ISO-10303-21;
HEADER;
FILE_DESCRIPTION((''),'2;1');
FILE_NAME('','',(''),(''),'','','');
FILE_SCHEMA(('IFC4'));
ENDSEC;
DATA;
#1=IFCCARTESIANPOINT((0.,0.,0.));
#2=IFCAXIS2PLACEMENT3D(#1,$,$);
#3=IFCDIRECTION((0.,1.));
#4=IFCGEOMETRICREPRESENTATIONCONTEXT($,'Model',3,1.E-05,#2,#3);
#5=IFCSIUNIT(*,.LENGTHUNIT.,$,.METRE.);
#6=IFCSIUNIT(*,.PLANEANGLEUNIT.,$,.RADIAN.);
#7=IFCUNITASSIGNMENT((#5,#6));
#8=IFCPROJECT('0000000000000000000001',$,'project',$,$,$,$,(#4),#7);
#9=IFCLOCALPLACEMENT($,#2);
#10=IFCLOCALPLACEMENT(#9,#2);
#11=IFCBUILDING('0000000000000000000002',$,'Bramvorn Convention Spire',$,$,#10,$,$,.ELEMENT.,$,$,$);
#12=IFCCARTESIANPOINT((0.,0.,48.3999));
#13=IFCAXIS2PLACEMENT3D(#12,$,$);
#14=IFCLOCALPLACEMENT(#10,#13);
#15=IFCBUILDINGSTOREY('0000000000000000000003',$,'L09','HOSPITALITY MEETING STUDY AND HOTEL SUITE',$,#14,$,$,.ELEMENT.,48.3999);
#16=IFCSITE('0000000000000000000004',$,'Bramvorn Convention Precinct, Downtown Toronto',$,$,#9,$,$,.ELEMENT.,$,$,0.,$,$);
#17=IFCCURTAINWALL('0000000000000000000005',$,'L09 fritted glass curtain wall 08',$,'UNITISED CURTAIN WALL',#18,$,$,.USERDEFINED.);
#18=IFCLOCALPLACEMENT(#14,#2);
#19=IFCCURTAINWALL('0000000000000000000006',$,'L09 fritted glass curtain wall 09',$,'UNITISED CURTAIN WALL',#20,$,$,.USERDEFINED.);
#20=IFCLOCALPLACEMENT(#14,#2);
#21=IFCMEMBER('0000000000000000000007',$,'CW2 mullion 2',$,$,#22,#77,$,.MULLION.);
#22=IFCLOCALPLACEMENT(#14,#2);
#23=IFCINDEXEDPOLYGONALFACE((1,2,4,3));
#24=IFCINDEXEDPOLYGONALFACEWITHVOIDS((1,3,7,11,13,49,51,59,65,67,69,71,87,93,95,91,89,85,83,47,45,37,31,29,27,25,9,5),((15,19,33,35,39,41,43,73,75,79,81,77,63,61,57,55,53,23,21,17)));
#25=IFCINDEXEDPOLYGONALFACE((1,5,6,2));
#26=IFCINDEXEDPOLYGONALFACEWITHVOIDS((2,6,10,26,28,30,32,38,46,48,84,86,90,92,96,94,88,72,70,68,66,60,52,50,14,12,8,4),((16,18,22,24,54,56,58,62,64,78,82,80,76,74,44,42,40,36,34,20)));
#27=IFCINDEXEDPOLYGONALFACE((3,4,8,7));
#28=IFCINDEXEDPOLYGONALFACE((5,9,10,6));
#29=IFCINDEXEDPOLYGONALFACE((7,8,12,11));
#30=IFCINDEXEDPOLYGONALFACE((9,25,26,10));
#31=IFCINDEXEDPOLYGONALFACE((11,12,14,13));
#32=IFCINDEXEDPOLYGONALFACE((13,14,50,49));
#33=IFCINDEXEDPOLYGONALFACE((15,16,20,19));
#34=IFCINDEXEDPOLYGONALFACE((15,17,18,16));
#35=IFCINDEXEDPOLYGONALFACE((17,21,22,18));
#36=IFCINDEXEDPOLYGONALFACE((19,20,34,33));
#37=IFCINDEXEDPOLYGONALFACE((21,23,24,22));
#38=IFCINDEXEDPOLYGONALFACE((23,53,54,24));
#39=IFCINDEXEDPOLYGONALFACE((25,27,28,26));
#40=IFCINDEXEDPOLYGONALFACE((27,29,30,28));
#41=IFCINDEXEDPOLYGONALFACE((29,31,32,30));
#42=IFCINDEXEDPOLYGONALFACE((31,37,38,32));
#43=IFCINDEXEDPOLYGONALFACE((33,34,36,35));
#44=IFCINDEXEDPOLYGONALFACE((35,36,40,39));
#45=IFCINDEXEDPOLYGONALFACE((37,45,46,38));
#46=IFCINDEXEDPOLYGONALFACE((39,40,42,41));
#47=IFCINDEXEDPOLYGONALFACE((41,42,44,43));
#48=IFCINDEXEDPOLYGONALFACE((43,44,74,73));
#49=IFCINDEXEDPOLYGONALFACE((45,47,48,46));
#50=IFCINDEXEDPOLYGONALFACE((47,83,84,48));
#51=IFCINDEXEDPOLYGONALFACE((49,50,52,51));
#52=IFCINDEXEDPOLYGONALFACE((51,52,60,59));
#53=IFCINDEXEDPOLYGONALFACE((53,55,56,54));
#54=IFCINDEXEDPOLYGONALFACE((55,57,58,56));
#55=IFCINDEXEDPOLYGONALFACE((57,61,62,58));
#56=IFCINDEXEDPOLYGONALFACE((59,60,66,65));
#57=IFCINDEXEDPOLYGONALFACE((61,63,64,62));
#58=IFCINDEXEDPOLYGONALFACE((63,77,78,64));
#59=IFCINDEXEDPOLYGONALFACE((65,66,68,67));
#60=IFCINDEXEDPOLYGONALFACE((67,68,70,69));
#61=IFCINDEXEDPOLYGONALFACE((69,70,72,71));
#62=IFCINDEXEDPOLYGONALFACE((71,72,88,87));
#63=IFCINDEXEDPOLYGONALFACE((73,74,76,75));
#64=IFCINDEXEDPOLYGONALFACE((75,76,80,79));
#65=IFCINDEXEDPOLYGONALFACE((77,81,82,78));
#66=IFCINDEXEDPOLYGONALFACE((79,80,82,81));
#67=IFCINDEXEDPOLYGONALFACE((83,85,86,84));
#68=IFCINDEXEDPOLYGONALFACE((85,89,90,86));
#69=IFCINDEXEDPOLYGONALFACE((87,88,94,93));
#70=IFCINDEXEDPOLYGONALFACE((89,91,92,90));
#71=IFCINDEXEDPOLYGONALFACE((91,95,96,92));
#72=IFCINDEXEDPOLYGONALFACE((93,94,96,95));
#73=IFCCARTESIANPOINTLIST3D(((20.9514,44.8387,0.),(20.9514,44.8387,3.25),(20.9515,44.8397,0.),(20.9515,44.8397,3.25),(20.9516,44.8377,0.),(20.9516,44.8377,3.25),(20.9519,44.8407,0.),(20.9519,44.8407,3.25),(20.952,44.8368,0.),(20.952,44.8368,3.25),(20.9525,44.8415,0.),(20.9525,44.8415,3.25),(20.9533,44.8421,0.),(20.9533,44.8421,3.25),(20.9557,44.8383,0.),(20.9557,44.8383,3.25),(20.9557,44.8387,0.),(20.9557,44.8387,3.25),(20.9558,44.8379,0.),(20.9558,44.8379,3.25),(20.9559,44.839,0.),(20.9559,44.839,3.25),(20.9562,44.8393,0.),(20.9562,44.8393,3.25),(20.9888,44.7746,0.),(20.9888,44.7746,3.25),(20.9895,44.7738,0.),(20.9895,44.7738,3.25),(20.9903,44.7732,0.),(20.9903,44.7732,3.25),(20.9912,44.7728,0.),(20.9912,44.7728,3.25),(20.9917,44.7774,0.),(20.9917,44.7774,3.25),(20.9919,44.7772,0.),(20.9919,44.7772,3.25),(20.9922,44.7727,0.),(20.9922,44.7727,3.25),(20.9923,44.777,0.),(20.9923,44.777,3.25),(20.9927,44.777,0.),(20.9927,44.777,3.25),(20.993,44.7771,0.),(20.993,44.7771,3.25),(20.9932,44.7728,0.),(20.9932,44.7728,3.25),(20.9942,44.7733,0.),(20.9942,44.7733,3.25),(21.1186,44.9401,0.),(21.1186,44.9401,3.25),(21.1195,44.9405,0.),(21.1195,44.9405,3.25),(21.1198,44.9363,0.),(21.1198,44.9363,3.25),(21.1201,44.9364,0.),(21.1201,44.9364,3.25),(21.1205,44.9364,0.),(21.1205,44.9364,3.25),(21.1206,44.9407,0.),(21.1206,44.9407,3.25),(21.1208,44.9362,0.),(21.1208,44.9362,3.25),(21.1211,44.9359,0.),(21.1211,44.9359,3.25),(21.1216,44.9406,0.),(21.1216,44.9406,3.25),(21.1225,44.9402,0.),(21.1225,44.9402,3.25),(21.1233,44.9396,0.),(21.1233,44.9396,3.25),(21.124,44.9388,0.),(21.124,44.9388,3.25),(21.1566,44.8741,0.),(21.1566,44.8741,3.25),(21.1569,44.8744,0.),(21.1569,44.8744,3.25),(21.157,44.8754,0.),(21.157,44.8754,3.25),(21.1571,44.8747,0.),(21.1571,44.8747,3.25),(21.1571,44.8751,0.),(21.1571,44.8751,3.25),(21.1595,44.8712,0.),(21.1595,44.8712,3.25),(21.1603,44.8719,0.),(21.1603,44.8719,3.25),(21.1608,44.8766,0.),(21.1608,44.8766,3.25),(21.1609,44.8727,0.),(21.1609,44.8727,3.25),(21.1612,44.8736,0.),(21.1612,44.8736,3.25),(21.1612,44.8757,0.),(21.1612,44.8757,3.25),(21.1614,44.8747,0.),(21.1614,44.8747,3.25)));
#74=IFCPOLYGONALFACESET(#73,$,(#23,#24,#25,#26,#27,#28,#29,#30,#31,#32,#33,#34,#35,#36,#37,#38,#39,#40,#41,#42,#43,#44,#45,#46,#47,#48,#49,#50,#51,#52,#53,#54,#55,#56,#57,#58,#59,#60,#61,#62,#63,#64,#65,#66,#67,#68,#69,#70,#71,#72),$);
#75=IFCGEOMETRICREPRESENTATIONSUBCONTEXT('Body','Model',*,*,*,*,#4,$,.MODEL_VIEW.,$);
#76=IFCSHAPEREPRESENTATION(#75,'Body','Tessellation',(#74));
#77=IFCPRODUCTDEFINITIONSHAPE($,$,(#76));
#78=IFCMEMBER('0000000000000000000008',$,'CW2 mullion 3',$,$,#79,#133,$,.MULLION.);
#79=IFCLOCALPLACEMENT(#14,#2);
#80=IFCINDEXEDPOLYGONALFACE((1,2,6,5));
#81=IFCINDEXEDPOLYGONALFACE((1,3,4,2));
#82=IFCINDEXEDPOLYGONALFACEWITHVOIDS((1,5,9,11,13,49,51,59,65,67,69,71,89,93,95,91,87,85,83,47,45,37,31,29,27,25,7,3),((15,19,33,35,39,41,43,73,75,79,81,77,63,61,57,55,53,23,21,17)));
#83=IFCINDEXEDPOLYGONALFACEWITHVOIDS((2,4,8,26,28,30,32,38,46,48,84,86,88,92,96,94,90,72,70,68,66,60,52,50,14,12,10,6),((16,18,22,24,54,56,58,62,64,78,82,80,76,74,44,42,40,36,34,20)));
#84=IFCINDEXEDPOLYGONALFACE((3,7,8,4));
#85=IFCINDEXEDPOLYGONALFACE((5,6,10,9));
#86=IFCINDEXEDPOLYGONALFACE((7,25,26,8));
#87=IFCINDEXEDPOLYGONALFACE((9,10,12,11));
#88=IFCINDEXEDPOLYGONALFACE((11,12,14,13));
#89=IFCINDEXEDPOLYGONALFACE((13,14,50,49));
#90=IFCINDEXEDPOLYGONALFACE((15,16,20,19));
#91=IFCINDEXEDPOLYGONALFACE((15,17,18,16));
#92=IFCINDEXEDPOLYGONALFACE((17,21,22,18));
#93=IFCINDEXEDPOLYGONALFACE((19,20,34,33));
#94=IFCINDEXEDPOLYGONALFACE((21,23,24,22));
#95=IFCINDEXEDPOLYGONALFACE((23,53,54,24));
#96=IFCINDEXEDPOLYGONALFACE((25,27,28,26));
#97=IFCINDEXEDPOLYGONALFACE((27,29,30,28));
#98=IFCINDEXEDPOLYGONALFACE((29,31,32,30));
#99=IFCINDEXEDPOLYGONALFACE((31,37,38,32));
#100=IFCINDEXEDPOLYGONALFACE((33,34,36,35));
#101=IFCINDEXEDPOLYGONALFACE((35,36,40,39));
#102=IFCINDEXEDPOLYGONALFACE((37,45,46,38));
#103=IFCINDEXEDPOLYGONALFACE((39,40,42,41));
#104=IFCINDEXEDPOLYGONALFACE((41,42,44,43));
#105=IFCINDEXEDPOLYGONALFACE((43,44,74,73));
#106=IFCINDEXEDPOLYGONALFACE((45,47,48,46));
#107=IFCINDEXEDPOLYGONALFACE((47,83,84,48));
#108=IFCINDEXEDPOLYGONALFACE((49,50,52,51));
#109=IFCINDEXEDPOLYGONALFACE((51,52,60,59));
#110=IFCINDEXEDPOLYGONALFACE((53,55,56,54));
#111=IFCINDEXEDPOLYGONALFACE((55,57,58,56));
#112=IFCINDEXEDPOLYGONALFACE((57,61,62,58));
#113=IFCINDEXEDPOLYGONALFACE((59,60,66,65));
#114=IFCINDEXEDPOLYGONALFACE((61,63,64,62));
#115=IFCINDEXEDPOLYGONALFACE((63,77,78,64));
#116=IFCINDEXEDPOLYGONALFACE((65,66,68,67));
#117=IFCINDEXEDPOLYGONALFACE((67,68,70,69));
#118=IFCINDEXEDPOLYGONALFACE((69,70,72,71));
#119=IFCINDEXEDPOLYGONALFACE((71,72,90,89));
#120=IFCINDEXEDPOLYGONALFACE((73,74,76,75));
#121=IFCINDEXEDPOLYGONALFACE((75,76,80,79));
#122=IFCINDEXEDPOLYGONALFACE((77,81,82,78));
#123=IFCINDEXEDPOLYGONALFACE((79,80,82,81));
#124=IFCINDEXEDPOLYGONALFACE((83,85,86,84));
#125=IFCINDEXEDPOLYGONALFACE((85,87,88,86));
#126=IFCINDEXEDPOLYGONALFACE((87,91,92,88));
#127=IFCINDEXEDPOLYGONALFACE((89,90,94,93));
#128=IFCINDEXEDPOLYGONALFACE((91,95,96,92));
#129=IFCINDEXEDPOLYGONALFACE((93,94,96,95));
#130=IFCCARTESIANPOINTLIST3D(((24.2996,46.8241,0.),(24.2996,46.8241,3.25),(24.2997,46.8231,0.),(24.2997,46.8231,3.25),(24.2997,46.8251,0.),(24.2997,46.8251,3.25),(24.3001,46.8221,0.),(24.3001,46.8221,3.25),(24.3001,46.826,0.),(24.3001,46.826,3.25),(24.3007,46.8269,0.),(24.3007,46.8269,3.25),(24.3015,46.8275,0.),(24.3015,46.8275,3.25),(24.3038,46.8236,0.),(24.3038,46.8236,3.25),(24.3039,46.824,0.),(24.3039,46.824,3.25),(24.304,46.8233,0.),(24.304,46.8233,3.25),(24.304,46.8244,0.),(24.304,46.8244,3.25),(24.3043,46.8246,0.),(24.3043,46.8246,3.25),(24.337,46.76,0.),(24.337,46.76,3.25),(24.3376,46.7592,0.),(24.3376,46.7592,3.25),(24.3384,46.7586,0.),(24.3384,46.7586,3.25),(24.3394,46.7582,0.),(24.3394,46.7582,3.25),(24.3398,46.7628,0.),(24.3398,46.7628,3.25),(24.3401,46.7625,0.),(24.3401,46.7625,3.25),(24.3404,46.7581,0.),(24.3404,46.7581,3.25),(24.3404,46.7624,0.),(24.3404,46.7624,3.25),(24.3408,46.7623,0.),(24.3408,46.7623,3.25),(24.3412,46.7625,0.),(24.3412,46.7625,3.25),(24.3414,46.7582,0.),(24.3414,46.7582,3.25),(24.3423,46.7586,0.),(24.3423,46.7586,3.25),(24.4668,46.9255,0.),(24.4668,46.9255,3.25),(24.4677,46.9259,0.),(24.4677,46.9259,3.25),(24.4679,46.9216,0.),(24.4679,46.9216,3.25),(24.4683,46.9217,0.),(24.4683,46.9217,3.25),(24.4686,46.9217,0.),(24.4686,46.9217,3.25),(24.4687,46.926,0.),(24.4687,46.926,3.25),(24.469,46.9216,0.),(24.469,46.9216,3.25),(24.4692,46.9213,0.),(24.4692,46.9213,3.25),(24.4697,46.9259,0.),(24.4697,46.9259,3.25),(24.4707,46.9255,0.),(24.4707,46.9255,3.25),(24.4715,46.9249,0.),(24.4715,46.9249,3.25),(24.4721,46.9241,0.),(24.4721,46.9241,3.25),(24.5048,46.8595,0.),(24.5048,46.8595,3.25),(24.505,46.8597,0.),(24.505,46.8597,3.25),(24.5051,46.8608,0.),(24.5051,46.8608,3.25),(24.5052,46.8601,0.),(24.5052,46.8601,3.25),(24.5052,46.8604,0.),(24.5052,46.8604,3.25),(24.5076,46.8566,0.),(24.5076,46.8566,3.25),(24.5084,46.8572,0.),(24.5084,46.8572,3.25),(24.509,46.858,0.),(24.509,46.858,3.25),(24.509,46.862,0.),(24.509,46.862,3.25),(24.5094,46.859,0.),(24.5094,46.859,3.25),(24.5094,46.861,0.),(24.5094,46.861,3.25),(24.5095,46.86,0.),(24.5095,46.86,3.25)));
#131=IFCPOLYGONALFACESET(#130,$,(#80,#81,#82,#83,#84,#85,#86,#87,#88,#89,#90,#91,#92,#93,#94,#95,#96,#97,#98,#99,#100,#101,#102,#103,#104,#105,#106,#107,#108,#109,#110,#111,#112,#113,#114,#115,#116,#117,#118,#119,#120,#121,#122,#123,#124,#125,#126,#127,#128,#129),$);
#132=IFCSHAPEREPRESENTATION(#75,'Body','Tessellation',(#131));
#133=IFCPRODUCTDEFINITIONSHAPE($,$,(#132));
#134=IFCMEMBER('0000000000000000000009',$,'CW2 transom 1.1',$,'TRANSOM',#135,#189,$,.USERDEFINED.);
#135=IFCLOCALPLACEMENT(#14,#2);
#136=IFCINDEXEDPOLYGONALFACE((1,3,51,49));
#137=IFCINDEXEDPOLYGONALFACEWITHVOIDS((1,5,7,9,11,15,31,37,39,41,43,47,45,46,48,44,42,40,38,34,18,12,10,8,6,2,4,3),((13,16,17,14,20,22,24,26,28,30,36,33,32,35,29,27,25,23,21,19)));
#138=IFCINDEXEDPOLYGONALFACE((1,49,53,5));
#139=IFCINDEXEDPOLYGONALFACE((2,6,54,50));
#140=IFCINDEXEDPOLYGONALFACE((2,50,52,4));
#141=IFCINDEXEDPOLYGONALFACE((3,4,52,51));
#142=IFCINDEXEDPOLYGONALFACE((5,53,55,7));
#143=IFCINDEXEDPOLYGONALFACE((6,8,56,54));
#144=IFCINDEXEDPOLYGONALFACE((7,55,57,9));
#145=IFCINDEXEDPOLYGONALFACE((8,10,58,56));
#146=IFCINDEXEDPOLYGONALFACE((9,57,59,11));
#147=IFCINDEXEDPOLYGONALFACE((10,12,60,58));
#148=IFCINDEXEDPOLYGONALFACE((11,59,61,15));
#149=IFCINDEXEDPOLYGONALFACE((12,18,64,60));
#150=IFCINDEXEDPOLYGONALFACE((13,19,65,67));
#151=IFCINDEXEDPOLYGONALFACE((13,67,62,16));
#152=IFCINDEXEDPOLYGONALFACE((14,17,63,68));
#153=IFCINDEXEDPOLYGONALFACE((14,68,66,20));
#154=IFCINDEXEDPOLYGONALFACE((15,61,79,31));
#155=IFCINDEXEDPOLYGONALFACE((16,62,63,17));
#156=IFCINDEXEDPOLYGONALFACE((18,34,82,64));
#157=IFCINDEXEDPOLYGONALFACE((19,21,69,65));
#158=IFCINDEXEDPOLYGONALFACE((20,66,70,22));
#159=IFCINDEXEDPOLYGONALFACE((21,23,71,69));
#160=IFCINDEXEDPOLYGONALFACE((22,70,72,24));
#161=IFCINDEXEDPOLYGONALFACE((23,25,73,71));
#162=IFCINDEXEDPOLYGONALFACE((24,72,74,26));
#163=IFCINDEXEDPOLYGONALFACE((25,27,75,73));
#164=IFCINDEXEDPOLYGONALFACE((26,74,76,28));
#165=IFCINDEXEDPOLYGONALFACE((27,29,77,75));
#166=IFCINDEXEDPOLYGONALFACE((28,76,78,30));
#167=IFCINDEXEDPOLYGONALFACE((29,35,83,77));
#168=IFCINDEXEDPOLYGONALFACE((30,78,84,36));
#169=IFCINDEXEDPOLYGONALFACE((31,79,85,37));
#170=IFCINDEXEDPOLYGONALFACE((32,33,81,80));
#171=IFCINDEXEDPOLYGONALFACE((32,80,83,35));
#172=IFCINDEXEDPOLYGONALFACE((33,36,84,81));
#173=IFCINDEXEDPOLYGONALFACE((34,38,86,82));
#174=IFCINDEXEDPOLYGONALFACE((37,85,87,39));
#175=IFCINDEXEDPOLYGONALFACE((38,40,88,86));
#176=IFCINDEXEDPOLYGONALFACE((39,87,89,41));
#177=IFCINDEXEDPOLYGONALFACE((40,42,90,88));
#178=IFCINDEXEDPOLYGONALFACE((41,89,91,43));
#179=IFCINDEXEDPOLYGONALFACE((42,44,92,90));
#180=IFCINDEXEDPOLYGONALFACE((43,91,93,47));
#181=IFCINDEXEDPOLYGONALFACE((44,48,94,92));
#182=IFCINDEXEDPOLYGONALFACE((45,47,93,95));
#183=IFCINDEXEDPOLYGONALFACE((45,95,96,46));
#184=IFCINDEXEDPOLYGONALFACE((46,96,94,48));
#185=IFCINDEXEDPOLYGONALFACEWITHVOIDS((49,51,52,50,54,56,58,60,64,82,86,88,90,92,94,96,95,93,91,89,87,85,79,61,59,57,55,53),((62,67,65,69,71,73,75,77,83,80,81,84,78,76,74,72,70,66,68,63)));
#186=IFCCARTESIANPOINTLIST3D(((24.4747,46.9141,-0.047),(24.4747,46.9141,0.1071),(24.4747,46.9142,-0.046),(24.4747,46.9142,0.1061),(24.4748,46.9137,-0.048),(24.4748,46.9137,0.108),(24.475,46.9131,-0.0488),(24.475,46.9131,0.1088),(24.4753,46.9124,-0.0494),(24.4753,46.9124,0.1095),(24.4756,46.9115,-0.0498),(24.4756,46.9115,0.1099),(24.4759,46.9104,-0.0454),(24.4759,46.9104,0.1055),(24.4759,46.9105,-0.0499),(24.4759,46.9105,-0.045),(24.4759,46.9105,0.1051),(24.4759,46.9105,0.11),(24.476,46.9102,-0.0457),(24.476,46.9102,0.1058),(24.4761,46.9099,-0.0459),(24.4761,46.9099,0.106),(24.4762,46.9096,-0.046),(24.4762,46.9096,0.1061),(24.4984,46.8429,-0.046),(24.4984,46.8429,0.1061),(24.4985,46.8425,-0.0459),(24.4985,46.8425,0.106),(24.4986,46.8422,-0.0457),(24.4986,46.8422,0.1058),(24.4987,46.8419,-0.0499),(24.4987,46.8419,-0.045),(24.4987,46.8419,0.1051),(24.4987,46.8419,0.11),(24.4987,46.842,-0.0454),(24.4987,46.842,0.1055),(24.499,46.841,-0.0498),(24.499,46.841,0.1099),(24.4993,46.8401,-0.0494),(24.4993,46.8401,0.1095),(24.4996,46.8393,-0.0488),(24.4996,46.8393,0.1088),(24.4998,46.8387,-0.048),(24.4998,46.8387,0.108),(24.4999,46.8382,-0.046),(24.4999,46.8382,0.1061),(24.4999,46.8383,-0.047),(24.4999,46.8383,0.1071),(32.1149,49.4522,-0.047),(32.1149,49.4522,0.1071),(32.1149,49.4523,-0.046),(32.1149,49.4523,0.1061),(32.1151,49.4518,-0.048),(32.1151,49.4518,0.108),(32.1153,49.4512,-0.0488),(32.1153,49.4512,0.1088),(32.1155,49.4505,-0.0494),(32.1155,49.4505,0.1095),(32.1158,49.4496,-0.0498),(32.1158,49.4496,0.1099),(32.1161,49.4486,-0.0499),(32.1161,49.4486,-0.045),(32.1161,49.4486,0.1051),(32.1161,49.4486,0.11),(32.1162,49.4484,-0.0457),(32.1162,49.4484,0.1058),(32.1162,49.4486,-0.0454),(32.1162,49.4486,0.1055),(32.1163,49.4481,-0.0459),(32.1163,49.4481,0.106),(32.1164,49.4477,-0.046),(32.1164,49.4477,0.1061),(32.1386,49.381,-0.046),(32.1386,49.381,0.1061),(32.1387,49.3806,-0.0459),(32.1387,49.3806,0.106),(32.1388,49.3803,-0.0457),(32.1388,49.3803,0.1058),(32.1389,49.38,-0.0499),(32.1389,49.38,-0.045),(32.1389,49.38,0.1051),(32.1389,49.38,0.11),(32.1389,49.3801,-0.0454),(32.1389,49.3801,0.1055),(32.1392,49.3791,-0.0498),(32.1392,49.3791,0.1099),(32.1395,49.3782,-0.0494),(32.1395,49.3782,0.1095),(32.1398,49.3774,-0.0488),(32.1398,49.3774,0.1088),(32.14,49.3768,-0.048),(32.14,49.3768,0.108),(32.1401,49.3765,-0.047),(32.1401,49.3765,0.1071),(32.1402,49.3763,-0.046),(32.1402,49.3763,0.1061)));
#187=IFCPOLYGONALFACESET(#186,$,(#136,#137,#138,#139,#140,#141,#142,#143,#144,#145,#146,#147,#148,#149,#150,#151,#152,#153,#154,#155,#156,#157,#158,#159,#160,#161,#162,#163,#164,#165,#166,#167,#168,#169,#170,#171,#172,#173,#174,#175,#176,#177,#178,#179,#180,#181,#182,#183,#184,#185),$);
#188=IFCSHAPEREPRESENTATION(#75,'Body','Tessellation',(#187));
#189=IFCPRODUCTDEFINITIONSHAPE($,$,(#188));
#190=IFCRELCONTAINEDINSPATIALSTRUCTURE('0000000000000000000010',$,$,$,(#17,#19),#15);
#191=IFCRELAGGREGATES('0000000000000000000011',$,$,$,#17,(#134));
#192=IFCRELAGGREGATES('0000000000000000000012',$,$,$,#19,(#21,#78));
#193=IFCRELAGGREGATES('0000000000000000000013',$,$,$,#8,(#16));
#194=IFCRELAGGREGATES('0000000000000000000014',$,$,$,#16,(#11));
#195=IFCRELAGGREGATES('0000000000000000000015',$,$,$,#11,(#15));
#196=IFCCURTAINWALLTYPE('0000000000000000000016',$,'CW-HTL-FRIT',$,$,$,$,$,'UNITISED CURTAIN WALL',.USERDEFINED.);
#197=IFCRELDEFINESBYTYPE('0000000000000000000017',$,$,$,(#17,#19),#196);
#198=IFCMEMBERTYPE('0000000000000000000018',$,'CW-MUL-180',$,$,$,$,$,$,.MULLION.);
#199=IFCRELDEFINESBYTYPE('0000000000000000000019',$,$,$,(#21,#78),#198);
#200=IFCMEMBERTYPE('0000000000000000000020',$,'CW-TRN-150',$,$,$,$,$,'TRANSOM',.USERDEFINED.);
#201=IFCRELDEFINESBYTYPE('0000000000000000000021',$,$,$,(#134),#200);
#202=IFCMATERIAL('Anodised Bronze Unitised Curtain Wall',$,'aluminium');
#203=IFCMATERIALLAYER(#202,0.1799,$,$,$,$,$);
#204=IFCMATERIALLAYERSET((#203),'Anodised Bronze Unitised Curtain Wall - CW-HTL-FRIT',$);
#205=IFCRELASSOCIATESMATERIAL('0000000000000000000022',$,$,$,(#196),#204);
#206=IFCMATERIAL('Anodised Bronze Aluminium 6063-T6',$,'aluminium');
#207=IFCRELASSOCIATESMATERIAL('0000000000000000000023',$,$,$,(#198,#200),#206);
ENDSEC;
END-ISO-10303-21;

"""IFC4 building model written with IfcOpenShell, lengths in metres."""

from ifc_helpers import new_model, si_unit, direction, frame, origin, origin_2d, place, context, subcontext, project, spatial, hollow_rectangle, extrude, material, layer, layer_set, material_profile, profile_set, type_object, element, aggregate, save


model = new_model("IFC4")

# Units and contexts
model_context = context("Model", 3, precision=1e-05, world=origin(), true_north=direction((0.0, 1.0)))
body_context = subcontext(model_context, "Body", "Model", "MODEL_VIEW")
ifc_project = project(units=[si_unit("LENGTHUNIT", "METRE"), si_unit("PLANEANGLEUNIT", "RADIAN")], contexts=[model_context])

# Site, building, storey
site_placement = place(None, origin())
site = spatial("IfcSite", under=ifc_project, at=site_placement, Name="Bramvorn Convention Precinct, Downtown Toronto", CompositionType="ELEMENT", RefElevation=0.0)
building_placement = place(site_placement, origin())
building = spatial("IfcBuilding", under=site, at=building_placement, Name="Bramvorn Convention Spire", CompositionType="ELEMENT")
storey_placement = place(building_placement, frame((0.0, 0.0, 48.3999)))
storey = spatial("IfcBuildingStorey", under=building, at=storey_placement, Name="L09", Description="HOSPITALITY MEETING STUDY AND HOTEL SUITE", CompositionType="ELEMENT", Elevation=48.3999)

# Curtain wall
ifc_material_1 = material(Name="Anodised Bronze Unitised Curtain Wall", Category="aluminium")
ifc_layer_1 = layer(ifc_material_1, 0.1799)
ifc_layer_set_1 = layer_set([ifc_layer_1], Name="Anodised Bronze Unitised Curtain Wall - CW-HTL-FRIT")
curtain_wall_type = type_object("IfcCurtainWallType", Name="CW-HTL-FRIT", ElementType="UNITISED CURTAIN WALL", PredefinedType="USERDEFINED", material=ifc_layer_set_1)
curtain_wall_1_placement = place(storey_placement, origin())
curtain_wall_1 = element("IfcCurtainWall", 1, at=curtain_wall_1_placement, inside=storey, type_object=curtain_wall_type, Name="L09 fritted glass curtain wall 08", ObjectType="UNITISED CURTAIN WALL", PredefinedType="USERDEFINED")
ifc_material_2 = material(Name="Anodised Bronze Aluminium 6063-T6", Category="aluminium")
ifc_material_profile_1 = material_profile(ifc_material_2, hollow_rectangle(XDim=0.0801, YDim=0.2, WallThickness=0.0039, InnerFilletRadius=0.001, OuterFilletRadius=0.0039, at=origin_2d()))
ifc_profile_set_1 = profile_set([ifc_material_profile_1], Name="Anodised Bronze Aluminium 6063-T6 - CWM80X200")
member_type_1 = type_object("IfcMemberType", Name="CW-MUL-180", PredefinedType="MULLION", material=ifc_profile_set_1)

# Curtain wall, members
curtain_wall_2_placement = place(storey_placement, origin())
curtain_wall_2 = element("IfcCurtainWall", 2, at=curtain_wall_2_placement, inside=storey, type_object=curtain_wall_type, Name="L09 fritted glass curtain wall 09", ObjectType="UNITISED CURTAIN WALL", PredefinedType="USERDEFINED")
member_1_placement = place(storey_placement, frame((21.0564, 44.8567, 0.0), z_axis=(0.0, 0.0, 1.0), x_axis=(-0.510048, 0.860146, 0.0)))
member_1 = element("IfcMember", 3, at=member_1_placement, type_object=member_type_1, Name="CW2 mullion 2", PredefinedType="MULLION", context=body_context, shape_type="SweptSolid", body=[
    extrude(hollow_rectangle(XDim=0.0801, YDim=0.2, WallThickness=0.0039, InnerFilletRadius=0.001, OuterFilletRadius=0.0039, at=origin_2d()), origin(), (0.0, 0.0, 1.0), 3.25),
])
member_2_placement = place(storey_placement, frame((24.4045, 46.842, 0.0), z_axis=(0.0, 0.0, 1.0), x_axis=(-0.510048, 0.860146, 0.0)))
member_2 = element("IfcMember", 4, at=member_2_placement, type_object=member_type_1, Name="CW2 mullion 3", PredefinedType="MULLION", context=body_context, shape_type="SweptSolid", body=[
    extrude(hollow_rectangle(XDim=0.0801, YDim=0.2, WallThickness=0.0039, InnerFilletRadius=0.001, OuterFilletRadius=0.0039, at=origin_2d()), origin(), (0.0, 0.0, 1.0), 3.25),
])

# Member
ifc_material_profile_2 = material_profile(ifc_material_2, hollow_rectangle(XDim=0.0801, YDim=0.1599, WallThickness=0.0039, InnerFilletRadius=0.001, OuterFilletRadius=0.0039, at=origin_2d()))
ifc_profile_set_2 = profile_set([ifc_material_profile_2], Name="Anodised Bronze Aluminium 6063-T6 - CWT80X160")
member_type_2 = type_object("IfcMemberType", Name="CW-TRN-150", ElementType="TRANSOM", PredefinedType="USERDEFINED", material=ifc_profile_set_2)
member_3_placement = place(storey_placement, frame((24.4873, 46.8762, 0.03), z_axis=(0.949004, 0.315263, 0.0), x_axis=(-0.315263, 0.949004, 0.0)))
member_3 = element("IfcMember", 5, at=member_3_placement, type_object=member_type_2, Name="CW2 transom 1.1", ObjectType="TRANSOM", PredefinedType="USERDEFINED", context=body_context, shape_type="SweptSolid", body=[
    extrude(hollow_rectangle(XDim=0.0801, YDim=0.1599, WallThickness=0.0039, InnerFilletRadius=0.001, OuterFilletRadius=0.0039, at=origin_2d()), origin(), (0.0, 0.0, 1.0), 8.0508),
])
aggregate(curtain_wall_1, [member_3])

aggregate(curtain_wall_2, [member_1, member_2])

save(model, "model.ifc")
